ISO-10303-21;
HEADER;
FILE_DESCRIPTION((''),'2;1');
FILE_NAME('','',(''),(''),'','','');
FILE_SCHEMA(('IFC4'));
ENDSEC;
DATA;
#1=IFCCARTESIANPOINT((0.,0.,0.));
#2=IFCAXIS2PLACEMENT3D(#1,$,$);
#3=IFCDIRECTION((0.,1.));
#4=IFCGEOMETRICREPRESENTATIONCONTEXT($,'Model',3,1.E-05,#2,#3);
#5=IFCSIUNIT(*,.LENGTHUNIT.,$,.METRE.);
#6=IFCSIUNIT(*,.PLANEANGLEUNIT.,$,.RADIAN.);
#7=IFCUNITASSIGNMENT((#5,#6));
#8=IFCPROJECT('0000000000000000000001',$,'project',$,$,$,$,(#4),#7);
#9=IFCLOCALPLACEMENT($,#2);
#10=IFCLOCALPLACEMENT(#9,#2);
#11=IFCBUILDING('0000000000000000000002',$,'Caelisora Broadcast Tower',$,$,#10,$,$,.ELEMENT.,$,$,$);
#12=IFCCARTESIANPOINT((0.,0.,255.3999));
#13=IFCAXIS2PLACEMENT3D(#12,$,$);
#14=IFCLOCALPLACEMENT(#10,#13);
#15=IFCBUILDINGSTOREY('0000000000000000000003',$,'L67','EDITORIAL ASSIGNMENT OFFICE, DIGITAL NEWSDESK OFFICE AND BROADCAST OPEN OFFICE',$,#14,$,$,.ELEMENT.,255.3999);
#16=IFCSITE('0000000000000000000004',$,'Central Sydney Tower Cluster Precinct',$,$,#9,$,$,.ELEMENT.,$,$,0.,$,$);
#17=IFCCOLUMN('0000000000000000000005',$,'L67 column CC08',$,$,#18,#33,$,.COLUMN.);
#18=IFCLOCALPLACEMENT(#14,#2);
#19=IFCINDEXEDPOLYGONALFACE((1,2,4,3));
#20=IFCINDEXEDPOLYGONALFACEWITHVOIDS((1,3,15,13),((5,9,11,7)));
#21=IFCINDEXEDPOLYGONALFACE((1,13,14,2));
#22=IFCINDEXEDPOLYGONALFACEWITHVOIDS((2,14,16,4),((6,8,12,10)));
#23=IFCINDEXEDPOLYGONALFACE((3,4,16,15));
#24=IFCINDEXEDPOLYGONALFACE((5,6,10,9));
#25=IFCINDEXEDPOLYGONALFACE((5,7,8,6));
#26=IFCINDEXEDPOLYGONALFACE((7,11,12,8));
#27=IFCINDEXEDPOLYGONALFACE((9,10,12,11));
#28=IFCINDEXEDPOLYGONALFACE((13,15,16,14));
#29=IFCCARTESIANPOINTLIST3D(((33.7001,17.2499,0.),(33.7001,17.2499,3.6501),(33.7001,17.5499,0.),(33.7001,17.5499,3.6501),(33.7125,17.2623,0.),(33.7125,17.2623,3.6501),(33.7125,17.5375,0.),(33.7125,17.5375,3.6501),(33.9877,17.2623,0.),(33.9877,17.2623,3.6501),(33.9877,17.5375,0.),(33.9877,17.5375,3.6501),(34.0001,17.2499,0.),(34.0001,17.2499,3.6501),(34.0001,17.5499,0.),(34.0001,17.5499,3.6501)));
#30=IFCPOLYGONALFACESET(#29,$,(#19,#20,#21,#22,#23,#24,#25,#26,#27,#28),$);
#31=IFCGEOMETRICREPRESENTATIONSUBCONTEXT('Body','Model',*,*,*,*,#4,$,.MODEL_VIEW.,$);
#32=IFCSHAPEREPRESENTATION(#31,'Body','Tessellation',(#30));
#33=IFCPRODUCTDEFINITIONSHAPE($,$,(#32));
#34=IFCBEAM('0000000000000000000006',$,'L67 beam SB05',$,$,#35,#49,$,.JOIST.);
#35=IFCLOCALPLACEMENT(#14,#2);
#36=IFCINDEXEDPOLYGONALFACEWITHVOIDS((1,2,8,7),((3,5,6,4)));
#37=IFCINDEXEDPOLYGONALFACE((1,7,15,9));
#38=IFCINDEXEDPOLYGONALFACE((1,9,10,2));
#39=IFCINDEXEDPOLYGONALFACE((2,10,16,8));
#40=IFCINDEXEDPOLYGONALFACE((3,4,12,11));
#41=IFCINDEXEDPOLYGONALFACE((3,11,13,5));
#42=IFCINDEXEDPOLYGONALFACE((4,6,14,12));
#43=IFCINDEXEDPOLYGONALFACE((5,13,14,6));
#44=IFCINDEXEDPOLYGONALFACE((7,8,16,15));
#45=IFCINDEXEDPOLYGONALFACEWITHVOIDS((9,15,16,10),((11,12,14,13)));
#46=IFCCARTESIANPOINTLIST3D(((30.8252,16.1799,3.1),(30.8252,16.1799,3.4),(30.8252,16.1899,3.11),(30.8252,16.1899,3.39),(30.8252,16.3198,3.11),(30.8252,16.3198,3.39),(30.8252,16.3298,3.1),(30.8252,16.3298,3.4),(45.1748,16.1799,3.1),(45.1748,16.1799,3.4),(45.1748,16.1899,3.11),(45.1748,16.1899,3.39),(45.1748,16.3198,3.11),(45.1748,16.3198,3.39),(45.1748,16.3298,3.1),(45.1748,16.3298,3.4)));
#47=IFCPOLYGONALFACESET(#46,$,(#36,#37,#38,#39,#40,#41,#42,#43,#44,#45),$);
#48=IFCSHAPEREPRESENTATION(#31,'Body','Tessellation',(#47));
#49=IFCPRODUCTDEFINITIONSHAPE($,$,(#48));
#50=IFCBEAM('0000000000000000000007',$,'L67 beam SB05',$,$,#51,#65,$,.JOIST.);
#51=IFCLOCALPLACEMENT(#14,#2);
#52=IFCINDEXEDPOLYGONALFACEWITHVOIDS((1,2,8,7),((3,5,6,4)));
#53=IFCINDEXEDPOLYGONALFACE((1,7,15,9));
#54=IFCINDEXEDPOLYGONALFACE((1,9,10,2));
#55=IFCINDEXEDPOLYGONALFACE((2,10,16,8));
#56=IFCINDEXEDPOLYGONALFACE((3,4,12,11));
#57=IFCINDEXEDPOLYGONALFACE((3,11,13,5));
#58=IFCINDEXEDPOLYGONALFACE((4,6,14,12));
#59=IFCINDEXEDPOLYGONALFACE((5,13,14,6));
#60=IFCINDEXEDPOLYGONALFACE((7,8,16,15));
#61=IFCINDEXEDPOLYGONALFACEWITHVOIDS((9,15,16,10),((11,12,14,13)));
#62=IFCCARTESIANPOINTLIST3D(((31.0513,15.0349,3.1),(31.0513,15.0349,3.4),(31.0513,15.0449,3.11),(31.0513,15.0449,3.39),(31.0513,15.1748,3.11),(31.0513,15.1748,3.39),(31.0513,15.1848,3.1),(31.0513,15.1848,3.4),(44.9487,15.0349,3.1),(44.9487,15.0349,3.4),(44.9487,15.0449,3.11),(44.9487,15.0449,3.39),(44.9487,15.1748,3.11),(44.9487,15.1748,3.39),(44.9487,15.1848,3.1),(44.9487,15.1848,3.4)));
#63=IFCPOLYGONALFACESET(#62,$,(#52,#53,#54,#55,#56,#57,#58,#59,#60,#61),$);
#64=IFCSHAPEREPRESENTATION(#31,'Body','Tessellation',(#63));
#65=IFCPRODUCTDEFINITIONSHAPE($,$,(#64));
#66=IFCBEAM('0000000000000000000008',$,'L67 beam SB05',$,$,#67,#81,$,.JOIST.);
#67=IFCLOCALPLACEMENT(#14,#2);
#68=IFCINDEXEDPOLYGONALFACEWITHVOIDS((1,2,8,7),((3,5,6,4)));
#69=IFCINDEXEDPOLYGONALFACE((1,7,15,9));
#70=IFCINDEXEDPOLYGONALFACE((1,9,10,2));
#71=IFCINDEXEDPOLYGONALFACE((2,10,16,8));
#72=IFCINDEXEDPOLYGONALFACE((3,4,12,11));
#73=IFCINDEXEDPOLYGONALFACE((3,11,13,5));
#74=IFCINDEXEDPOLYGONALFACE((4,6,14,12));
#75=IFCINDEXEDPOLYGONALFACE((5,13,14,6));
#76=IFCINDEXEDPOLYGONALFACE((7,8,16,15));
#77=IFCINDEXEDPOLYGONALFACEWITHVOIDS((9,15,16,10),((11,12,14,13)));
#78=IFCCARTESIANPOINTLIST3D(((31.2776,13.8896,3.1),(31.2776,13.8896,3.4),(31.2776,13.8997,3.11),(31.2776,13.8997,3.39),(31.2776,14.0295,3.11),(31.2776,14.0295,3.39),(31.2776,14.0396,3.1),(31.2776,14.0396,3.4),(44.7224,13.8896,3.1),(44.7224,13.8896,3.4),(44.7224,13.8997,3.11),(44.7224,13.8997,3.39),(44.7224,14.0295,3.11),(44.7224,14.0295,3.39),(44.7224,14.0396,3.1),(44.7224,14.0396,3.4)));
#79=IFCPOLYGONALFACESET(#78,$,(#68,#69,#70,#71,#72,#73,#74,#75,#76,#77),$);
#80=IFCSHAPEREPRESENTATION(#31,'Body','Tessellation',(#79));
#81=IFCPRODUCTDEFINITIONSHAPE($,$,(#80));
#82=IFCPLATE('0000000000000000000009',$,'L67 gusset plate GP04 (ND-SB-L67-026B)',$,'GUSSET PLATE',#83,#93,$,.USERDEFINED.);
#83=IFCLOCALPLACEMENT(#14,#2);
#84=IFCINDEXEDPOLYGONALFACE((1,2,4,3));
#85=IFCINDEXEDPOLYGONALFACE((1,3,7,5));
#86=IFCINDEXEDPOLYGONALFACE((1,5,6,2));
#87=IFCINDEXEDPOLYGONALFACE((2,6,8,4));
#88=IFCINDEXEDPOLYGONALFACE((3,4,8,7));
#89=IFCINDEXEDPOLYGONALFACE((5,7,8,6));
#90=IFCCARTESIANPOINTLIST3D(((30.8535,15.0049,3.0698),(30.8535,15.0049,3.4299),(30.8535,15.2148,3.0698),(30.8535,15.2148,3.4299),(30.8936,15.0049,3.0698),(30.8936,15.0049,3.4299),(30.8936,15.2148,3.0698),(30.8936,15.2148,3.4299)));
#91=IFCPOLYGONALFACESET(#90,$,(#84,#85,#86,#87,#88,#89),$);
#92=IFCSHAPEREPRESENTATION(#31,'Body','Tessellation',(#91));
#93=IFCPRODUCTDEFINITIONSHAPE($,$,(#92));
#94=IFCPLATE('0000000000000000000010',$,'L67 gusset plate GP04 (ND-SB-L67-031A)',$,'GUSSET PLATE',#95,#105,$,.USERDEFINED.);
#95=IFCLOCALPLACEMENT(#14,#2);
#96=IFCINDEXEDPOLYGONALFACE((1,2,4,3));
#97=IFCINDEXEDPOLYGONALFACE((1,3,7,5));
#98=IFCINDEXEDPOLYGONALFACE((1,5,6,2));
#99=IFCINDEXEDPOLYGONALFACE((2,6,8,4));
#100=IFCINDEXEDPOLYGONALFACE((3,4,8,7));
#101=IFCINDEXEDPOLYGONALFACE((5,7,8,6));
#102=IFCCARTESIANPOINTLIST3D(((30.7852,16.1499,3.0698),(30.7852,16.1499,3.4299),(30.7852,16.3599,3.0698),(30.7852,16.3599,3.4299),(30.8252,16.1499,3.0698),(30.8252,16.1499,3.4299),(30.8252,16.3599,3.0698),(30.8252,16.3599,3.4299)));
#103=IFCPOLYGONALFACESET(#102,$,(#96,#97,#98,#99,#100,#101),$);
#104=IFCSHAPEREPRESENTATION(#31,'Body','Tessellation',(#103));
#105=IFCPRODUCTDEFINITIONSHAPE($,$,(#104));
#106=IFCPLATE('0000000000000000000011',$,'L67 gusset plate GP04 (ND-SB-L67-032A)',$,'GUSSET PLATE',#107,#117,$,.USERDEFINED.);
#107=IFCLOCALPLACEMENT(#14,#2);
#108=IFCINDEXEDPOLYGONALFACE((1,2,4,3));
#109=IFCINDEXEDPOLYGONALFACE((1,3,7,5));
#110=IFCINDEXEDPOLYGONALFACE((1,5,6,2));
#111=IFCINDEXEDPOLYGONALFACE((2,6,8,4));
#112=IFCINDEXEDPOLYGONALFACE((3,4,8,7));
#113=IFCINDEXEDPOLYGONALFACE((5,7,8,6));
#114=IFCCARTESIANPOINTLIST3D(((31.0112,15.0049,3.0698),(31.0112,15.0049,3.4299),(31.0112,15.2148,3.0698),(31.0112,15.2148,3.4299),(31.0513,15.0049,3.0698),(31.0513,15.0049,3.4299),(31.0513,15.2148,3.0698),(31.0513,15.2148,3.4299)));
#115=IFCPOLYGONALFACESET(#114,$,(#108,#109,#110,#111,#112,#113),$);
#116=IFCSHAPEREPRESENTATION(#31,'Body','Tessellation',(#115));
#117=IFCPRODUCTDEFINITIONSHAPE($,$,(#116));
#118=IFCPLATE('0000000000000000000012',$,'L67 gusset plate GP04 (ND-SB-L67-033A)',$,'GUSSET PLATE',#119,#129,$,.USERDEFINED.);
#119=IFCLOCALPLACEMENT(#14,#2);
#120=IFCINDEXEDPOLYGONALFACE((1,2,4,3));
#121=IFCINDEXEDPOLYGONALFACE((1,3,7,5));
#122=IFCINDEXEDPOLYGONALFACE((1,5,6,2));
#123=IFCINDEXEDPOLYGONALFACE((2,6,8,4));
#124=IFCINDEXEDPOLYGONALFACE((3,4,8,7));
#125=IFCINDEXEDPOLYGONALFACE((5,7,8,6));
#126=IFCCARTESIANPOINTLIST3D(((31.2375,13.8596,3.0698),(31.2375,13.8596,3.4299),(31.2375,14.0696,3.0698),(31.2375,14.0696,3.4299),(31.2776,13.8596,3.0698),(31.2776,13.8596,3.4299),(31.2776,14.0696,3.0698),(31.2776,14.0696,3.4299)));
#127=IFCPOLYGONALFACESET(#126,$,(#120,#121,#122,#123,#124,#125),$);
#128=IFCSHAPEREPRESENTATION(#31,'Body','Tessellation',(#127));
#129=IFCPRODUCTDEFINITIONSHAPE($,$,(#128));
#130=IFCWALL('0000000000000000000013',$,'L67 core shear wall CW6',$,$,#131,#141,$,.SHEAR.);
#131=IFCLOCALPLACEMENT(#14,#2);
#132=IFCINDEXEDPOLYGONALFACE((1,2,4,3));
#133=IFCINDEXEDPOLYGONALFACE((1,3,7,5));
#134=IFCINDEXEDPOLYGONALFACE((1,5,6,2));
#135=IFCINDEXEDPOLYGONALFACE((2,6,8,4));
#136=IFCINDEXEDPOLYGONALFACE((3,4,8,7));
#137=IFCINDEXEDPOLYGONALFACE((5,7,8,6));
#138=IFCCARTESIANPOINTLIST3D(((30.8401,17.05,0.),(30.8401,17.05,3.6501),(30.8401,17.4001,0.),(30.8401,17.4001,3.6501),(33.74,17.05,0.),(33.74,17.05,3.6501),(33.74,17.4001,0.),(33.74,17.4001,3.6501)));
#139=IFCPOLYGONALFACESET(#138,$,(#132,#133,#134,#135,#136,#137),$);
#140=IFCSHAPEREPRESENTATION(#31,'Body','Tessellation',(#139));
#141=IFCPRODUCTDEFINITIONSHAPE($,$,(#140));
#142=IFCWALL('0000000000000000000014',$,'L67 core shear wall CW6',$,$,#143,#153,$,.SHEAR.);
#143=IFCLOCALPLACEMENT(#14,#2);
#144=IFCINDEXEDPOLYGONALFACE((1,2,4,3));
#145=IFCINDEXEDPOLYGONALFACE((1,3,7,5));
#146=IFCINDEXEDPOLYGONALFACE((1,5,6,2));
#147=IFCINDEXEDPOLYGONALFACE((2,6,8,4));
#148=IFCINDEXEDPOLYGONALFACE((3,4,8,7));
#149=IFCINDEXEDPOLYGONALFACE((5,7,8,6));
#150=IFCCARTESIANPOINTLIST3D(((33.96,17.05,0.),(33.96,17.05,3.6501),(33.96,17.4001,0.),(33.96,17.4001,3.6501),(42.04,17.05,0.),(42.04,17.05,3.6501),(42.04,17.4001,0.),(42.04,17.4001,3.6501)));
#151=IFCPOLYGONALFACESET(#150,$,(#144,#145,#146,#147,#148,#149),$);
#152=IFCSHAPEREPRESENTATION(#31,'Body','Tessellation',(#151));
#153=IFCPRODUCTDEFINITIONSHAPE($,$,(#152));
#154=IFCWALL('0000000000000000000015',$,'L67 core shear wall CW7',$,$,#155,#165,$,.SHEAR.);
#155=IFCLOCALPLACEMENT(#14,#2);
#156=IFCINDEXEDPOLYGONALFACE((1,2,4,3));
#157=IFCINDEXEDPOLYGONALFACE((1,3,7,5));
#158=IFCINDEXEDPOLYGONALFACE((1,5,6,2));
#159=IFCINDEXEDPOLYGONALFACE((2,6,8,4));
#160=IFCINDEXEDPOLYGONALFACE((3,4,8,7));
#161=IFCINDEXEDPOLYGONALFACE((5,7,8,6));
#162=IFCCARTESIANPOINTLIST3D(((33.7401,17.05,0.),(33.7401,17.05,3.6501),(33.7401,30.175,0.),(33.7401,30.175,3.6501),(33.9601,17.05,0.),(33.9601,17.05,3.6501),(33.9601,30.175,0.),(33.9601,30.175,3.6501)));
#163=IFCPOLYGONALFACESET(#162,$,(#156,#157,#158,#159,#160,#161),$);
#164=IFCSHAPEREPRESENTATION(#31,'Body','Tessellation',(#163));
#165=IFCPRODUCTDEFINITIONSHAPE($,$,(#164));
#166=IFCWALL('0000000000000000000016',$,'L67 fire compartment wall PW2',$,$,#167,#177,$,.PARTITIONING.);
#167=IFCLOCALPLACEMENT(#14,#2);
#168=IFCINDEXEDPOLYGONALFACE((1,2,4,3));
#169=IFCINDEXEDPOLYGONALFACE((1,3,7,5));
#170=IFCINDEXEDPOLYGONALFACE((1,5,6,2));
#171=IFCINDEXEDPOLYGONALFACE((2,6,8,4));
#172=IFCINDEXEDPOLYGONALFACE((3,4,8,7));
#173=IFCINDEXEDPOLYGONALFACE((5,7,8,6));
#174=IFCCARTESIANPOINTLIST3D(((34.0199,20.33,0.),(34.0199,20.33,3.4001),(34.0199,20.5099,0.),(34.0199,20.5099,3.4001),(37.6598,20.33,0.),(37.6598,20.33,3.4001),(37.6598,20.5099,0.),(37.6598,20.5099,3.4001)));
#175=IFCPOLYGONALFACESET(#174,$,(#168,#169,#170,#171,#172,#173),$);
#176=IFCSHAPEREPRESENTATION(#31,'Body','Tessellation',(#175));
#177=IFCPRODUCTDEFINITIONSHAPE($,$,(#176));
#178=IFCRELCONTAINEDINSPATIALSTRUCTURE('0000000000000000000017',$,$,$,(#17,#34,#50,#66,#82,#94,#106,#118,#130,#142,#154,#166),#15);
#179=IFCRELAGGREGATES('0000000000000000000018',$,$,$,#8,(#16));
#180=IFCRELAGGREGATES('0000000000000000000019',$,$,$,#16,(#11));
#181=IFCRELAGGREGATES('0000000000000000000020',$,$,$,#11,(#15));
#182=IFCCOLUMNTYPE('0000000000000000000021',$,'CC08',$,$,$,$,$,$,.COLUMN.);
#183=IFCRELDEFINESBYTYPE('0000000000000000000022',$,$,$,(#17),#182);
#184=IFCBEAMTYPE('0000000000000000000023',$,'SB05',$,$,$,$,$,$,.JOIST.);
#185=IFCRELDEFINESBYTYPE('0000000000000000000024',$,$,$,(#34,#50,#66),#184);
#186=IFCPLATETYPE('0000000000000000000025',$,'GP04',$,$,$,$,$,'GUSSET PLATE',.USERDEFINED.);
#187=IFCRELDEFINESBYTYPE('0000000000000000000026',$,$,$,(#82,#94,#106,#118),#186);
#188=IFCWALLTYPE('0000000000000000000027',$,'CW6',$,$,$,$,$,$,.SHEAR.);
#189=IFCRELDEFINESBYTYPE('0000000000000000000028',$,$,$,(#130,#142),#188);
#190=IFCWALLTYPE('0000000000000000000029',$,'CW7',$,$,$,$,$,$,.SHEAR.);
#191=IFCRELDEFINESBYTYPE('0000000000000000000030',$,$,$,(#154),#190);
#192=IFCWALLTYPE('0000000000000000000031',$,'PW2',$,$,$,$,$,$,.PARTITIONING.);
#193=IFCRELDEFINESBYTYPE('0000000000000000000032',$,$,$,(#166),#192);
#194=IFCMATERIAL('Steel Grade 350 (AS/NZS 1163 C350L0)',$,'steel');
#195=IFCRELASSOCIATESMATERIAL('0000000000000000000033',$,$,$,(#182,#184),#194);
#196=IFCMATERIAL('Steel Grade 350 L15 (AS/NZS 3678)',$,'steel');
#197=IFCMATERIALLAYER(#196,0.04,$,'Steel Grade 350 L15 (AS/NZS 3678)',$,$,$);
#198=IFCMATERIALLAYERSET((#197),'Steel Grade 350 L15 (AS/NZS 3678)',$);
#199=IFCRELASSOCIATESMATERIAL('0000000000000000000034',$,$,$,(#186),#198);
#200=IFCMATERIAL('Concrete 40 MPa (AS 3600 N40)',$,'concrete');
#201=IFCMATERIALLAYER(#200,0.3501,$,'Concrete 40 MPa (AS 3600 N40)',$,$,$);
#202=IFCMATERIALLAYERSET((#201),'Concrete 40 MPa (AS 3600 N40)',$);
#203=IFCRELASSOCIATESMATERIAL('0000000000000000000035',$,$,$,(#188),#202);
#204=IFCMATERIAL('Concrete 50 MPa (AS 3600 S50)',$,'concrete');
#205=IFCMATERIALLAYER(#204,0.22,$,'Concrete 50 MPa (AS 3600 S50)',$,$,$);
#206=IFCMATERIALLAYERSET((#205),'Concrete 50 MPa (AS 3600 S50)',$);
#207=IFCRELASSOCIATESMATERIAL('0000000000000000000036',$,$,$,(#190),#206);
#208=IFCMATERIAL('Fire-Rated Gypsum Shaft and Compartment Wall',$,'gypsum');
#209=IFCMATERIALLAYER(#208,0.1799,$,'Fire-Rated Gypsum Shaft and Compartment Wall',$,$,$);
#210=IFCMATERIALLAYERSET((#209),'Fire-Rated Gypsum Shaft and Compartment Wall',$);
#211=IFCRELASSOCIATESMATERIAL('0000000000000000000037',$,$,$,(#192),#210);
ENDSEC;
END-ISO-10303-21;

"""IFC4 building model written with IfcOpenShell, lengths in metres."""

from ifc_helpers import new_model, si_unit, direction, frame, frame_2d, origin, origin_2d, place, context, subcontext, project, spatial, rectangle, hollow_rectangle, extrude, source, transform, mapped, material, layer, layer_set, material_profile, profile_set, type_object, type_shapes, element, save


model = new_model("IFC4")

# Units and contexts
model_context = context("Model", 3, precision=1e-05, world=origin(), true_north=direction((0.0, 1.0)))
body_context = subcontext(model_context, "Body", "Model", "MODEL_VIEW")
ifc_project = project(units=[si_unit("LENGTHUNIT", "METRE"), si_unit("PLANEANGLEUNIT", "RADIAN")], contexts=[model_context])

# Site, building, storey
site_placement = place(None, origin())
site = spatial("IfcSite", under=ifc_project, at=site_placement, Name="Central Sydney Tower Cluster Precinct", CompositionType="ELEMENT", RefElevation=0.0)
building_placement = place(site_placement, origin())
building = spatial("IfcBuilding", under=site, at=building_placement, Name="Caelisora Broadcast Tower", CompositionType="ELEMENT")
storey_placement = place(building_placement, frame((0.0, 0.0, 255.3999)))
storey = spatial("IfcBuildingStorey", under=building, at=storey_placement, Name="L67", Description="EDITORIAL ASSIGNMENT OFFICE, DIGITAL NEWSDESK OFFICE AND BROADCAST OPEN OFFICE", CompositionType="ELEMENT", Elevation=255.3999)

# Column
ifc_material_1 = material(Name="Steel Grade 350 (AS/NZS 1163 C350L0)", Category="steel")
ifc_material_profile_1 = material_profile(ifc_material_1, hollow_rectangle(XDim=0.3, YDim=0.3, WallThickness=0.0125, at=origin_2d()), Name="Steel Grade 350 (AS/NZS 1163 C350L0)")
ifc_profile_set_1 = profile_set([ifc_material_profile_1], Name="Steel Grade 350 (AS/NZS 1163 C350L0)")
column_type = type_object("IfcColumnType", Name="CC08", PredefinedType="COLUMN", material=ifc_profile_set_1)
shared_shape_1 = source(origin(), body_context, "Body", "SweptSolid", [
    extrude(hollow_rectangle(XDim=0.3, YDim=0.3, WallThickness=0.0125, at=origin_2d()), origin(), (0.0, 0.0, 1.0), 3.6501),
])
type_shapes(column_type, [shared_shape_1])
column_placement = place(storey_placement, frame((33.8501, 17.3999, 0.0), z_axis=(0.0, 0.0, 1.0), x_axis=(1.0, 0.0, 0.0)))
element("IfcColumn", 1, at=column_placement, inside=storey, type_object=column_type, Name="L67 column CC08", PredefinedType="COLUMN", context=body_context, shape_type="MappedRepresentation", body=[
    mapped(shared_shape_1, transform((0.0, 0.0, 0.0), scale=1.0)),
])

# Beams
ifc_material_profile_2 = material_profile(ifc_material_1, hollow_rectangle(XDim=0.1499, YDim=0.3, WallThickness=0.01, at=origin_2d()), Name="Steel Grade 350 (AS/NZS 1163 C350L0)")
ifc_profile_set_2 = profile_set([ifc_material_profile_2], Name="Steel Grade 350 (AS/NZS 1163 C350L0)")
beam_type = type_object("IfcBeamType", Name="SB05", PredefinedType="JOIST", material=ifc_profile_set_2)
shared_shape_2 = source(origin(), body_context, "Body", "SweptSolid", [
    extrude(hollow_rectangle(XDim=0.1499, YDim=0.3, WallThickness=0.01, at=origin_2d()), origin(), (0.0, 0.0, 1.0), 14.3496),
])
beam_1_placement = place(storey_placement, frame((30.8252, 16.2549, 3.25), z_axis=(1.0, 0.0, 0.0), x_axis=(0.0, 1.0, 0.0)))
element("IfcBeam", 2, at=beam_1_placement, inside=storey, type_object=beam_type, Name="L67 beam SB05", PredefinedType="JOIST", context=body_context, shape_type="MappedRepresentation", body=[
    mapped(shared_shape_2, transform((0.0, 0.0, 0.0), scale=1.0)),
])
shared_shape_3 = source(origin(), body_context, "Body", "SweptSolid", [
    extrude(hollow_rectangle(XDim=0.1499, YDim=0.3, WallThickness=0.01, at=origin_2d()), origin(), (0.0, 0.0, 1.0), 13.8975),
])
beam_2_placement = place(storey_placement, frame((31.0513, 15.1099, 3.25), z_axis=(1.0, 0.0, 0.0), x_axis=(0.0, 1.0, 0.0)))
element("IfcBeam", 3, at=beam_2_placement, inside=storey, type_object=beam_type, Name="L67 beam SB05", PredefinedType="JOIST", context=body_context, shape_type="MappedRepresentation", body=[
    mapped(shared_shape_3, transform((0.0, 0.0, 0.0), scale=1.0)),
])
shared_shape_4 = source(origin(), body_context, "Body", "SweptSolid", [
    extrude(hollow_rectangle(XDim=0.1499, YDim=0.3, WallThickness=0.01, at=origin_2d()), origin(), (0.0, 0.0, 1.0), 13.4448),
])
type_shapes(beam_type, [shared_shape_2, shared_shape_3, shared_shape_4])
beam_3_placement = place(storey_placement, frame((31.2776, 13.9646, 3.25), z_axis=(1.0, 0.0, 0.0), x_axis=(0.0, 1.0, 0.0)))
element("IfcBeam", 4, at=beam_3_placement, inside=storey, type_object=beam_type, Name="L67 beam SB05", PredefinedType="JOIST", context=body_context, shape_type="MappedRepresentation", body=[
    mapped(shared_shape_4, transform((0.0, 0.0, 0.0), scale=1.0)),
])

# Plates
ifc_material_2 = material(Name="Steel Grade 350 L15 (AS/NZS 3678)", Category="steel")
ifc_layer_1 = layer(ifc_material_2, 0.04, Name="Steel Grade 350 L15 (AS/NZS 3678)")
ifc_layer_set_1 = layer_set([ifc_layer_1], Name="Steel Grade 350 L15 (AS/NZS 3678)")
plate_type = type_object("IfcPlateType", Name="GP04", ElementType="GUSSET PLATE", PredefinedType="USERDEFINED", material=ifc_layer_set_1)
shared_shape_5 = source(origin(), body_context, "Body", "SweptSolid", [
    extrude(rectangle(XDim=0.21, YDim=0.04, at=origin_2d()), origin(), (0.0, 0.0, 1.0), 0.3601),
])
type_shapes(plate_type, [shared_shape_5])
for number, where, z_axis, x_axis, name in (
    (5, (30.8735, 15.1099, 3.0698), (0.0, 0.0, 1.0), (0.0, 1.0, 0.0), "L67 gusset plate GP04 (ND-SB-L67-026B)"),
    (6, (30.8052, 16.2549, 3.0698), (0.0, 0.0, 1.0), (0.0, 1.0, 0.0), "L67 gusset plate GP04 (ND-SB-L67-031A)"),
    (7, (31.0312, 15.1099, 3.0698), (0.0, 0.0, 1.0), (0.0, 1.0, 0.0), "L67 gusset plate GP04 (ND-SB-L67-032A)"),
    (8, (31.2576, 13.9646, 3.0698), (0.0, 0.0, 1.0), (0.0, 1.0, 0.0), "L67 gusset plate GP04 (ND-SB-L67-033A)"),
):
    element("IfcPlate", number, at=place(storey_placement, frame(where, z_axis=z_axis, x_axis=x_axis)), inside=storey, type_object=plate_type, Name=name, ObjectType="GUSSET PLATE", PredefinedType="USERDEFINED", context=body_context, shape_type="MappedRepresentation", body=[
        mapped(shared_shape_5, transform((0.0, 0.0, 0.0), scale=1.0)),
    ])

# Walls
ifc_material_3 = material(Name="Concrete 40 MPa (AS 3600 N40)", Category="concrete")
ifc_layer_2 = layer(ifc_material_3, 0.3501, Name="Concrete 40 MPa (AS 3600 N40)")
ifc_layer_set_2 = layer_set([ifc_layer_2], Name="Concrete 40 MPa (AS 3600 N40)")
wall_type_1 = type_object("IfcWallType", Name="CW6", PredefinedType="SHEAR", material=ifc_layer_set_2)
wall_1_placement = place(storey_placement, frame((30.8401, 17.2251, 0.0), z_axis=(0.0, 0.0, 1.0), x_axis=(1.0, 0.0, 0.0)))
element("IfcWall", 9, at=wall_1_placement, inside=storey, type_object=wall_type_1, Name="L67 core shear wall CW6", PredefinedType="SHEAR", context=body_context, shape_type="SweptSolid", body=[
    extrude(rectangle(XDim=2.8999, YDim=0.3501, at=frame_2d((1.45, 0.0))), origin(), (0.0, 0.0, 1.0), 3.6501),
])
wall_2_placement = place(storey_placement, frame((33.96, 17.2251, 0.0), z_axis=(0.0, 0.0, 1.0), x_axis=(1.0, 0.0, 0.0)))
element("IfcWall", 10, at=wall_2_placement, inside=storey, type_object=wall_type_1, Name="L67 core shear wall CW6", PredefinedType="SHEAR", context=body_context, shape_type="SweptSolid", body=[
    extrude(rectangle(XDim=8.0801, YDim=0.3501, at=frame_2d((4.04, 0.0))), origin(), (0.0, 0.0, 1.0), 3.6501),
])
ifc_material_4 = material(Name="Concrete 50 MPa (AS 3600 S50)", Category="concrete")
ifc_layer_3 = layer(ifc_material_4, 0.22, Name="Concrete 50 MPa (AS 3600 S50)")
ifc_layer_set_3 = layer_set([ifc_layer_3], Name="Concrete 50 MPa (AS 3600 S50)")
wall_type_2 = type_object("IfcWallType", Name="CW7", PredefinedType="SHEAR", material=ifc_layer_set_3)
wall_3_placement = place(storey_placement, frame((33.8501, 17.05, 0.0), z_axis=(0.0, 0.0, 1.0), x_axis=(0.0, 1.0, 0.0)))
element("IfcWall", 11, at=wall_3_placement, inside=storey, type_object=wall_type_2, Name="L67 core shear wall CW7", PredefinedType="SHEAR", context=body_context, shape_type="SweptSolid", body=[
    extrude(rectangle(XDim=13.125, YDim=0.22, at=frame_2d((6.5625, 0.0))), origin(), (0.0, 0.0, 1.0), 3.6501),
])
ifc_material_5 = material(Name="Fire-Rated Gypsum Shaft and Compartment Wall", Category="gypsum")
ifc_layer_4 = layer(ifc_material_5, 0.1799, Name="Fire-Rated Gypsum Shaft and Compartment Wall")
ifc_layer_set_4 = layer_set([ifc_layer_4], Name="Fire-Rated Gypsum Shaft and Compartment Wall")
wall_type_3 = type_object("IfcWallType", Name="PW2", PredefinedType="PARTITIONING", material=ifc_layer_set_4)
wall_4_placement = place(storey_placement, frame((34.02, 20.4199, 0.0), z_axis=(0.0, 0.0, 1.0), x_axis=(1.0, 0.0, 0.0)))
element("IfcWall", 12, at=wall_4_placement, inside=storey, type_object=wall_type_3, Name="L67 fire compartment wall PW2", PredefinedType="PARTITIONING", context=body_context, shape_type="SweptSolid", body=[
    extrude(rectangle(XDim=3.6399, YDim=0.1799, at=frame_2d((1.8198, 0.0))), origin(), (0.0, 0.0, 1.0), 3.4001),
])

save(model, "model.ifc")
